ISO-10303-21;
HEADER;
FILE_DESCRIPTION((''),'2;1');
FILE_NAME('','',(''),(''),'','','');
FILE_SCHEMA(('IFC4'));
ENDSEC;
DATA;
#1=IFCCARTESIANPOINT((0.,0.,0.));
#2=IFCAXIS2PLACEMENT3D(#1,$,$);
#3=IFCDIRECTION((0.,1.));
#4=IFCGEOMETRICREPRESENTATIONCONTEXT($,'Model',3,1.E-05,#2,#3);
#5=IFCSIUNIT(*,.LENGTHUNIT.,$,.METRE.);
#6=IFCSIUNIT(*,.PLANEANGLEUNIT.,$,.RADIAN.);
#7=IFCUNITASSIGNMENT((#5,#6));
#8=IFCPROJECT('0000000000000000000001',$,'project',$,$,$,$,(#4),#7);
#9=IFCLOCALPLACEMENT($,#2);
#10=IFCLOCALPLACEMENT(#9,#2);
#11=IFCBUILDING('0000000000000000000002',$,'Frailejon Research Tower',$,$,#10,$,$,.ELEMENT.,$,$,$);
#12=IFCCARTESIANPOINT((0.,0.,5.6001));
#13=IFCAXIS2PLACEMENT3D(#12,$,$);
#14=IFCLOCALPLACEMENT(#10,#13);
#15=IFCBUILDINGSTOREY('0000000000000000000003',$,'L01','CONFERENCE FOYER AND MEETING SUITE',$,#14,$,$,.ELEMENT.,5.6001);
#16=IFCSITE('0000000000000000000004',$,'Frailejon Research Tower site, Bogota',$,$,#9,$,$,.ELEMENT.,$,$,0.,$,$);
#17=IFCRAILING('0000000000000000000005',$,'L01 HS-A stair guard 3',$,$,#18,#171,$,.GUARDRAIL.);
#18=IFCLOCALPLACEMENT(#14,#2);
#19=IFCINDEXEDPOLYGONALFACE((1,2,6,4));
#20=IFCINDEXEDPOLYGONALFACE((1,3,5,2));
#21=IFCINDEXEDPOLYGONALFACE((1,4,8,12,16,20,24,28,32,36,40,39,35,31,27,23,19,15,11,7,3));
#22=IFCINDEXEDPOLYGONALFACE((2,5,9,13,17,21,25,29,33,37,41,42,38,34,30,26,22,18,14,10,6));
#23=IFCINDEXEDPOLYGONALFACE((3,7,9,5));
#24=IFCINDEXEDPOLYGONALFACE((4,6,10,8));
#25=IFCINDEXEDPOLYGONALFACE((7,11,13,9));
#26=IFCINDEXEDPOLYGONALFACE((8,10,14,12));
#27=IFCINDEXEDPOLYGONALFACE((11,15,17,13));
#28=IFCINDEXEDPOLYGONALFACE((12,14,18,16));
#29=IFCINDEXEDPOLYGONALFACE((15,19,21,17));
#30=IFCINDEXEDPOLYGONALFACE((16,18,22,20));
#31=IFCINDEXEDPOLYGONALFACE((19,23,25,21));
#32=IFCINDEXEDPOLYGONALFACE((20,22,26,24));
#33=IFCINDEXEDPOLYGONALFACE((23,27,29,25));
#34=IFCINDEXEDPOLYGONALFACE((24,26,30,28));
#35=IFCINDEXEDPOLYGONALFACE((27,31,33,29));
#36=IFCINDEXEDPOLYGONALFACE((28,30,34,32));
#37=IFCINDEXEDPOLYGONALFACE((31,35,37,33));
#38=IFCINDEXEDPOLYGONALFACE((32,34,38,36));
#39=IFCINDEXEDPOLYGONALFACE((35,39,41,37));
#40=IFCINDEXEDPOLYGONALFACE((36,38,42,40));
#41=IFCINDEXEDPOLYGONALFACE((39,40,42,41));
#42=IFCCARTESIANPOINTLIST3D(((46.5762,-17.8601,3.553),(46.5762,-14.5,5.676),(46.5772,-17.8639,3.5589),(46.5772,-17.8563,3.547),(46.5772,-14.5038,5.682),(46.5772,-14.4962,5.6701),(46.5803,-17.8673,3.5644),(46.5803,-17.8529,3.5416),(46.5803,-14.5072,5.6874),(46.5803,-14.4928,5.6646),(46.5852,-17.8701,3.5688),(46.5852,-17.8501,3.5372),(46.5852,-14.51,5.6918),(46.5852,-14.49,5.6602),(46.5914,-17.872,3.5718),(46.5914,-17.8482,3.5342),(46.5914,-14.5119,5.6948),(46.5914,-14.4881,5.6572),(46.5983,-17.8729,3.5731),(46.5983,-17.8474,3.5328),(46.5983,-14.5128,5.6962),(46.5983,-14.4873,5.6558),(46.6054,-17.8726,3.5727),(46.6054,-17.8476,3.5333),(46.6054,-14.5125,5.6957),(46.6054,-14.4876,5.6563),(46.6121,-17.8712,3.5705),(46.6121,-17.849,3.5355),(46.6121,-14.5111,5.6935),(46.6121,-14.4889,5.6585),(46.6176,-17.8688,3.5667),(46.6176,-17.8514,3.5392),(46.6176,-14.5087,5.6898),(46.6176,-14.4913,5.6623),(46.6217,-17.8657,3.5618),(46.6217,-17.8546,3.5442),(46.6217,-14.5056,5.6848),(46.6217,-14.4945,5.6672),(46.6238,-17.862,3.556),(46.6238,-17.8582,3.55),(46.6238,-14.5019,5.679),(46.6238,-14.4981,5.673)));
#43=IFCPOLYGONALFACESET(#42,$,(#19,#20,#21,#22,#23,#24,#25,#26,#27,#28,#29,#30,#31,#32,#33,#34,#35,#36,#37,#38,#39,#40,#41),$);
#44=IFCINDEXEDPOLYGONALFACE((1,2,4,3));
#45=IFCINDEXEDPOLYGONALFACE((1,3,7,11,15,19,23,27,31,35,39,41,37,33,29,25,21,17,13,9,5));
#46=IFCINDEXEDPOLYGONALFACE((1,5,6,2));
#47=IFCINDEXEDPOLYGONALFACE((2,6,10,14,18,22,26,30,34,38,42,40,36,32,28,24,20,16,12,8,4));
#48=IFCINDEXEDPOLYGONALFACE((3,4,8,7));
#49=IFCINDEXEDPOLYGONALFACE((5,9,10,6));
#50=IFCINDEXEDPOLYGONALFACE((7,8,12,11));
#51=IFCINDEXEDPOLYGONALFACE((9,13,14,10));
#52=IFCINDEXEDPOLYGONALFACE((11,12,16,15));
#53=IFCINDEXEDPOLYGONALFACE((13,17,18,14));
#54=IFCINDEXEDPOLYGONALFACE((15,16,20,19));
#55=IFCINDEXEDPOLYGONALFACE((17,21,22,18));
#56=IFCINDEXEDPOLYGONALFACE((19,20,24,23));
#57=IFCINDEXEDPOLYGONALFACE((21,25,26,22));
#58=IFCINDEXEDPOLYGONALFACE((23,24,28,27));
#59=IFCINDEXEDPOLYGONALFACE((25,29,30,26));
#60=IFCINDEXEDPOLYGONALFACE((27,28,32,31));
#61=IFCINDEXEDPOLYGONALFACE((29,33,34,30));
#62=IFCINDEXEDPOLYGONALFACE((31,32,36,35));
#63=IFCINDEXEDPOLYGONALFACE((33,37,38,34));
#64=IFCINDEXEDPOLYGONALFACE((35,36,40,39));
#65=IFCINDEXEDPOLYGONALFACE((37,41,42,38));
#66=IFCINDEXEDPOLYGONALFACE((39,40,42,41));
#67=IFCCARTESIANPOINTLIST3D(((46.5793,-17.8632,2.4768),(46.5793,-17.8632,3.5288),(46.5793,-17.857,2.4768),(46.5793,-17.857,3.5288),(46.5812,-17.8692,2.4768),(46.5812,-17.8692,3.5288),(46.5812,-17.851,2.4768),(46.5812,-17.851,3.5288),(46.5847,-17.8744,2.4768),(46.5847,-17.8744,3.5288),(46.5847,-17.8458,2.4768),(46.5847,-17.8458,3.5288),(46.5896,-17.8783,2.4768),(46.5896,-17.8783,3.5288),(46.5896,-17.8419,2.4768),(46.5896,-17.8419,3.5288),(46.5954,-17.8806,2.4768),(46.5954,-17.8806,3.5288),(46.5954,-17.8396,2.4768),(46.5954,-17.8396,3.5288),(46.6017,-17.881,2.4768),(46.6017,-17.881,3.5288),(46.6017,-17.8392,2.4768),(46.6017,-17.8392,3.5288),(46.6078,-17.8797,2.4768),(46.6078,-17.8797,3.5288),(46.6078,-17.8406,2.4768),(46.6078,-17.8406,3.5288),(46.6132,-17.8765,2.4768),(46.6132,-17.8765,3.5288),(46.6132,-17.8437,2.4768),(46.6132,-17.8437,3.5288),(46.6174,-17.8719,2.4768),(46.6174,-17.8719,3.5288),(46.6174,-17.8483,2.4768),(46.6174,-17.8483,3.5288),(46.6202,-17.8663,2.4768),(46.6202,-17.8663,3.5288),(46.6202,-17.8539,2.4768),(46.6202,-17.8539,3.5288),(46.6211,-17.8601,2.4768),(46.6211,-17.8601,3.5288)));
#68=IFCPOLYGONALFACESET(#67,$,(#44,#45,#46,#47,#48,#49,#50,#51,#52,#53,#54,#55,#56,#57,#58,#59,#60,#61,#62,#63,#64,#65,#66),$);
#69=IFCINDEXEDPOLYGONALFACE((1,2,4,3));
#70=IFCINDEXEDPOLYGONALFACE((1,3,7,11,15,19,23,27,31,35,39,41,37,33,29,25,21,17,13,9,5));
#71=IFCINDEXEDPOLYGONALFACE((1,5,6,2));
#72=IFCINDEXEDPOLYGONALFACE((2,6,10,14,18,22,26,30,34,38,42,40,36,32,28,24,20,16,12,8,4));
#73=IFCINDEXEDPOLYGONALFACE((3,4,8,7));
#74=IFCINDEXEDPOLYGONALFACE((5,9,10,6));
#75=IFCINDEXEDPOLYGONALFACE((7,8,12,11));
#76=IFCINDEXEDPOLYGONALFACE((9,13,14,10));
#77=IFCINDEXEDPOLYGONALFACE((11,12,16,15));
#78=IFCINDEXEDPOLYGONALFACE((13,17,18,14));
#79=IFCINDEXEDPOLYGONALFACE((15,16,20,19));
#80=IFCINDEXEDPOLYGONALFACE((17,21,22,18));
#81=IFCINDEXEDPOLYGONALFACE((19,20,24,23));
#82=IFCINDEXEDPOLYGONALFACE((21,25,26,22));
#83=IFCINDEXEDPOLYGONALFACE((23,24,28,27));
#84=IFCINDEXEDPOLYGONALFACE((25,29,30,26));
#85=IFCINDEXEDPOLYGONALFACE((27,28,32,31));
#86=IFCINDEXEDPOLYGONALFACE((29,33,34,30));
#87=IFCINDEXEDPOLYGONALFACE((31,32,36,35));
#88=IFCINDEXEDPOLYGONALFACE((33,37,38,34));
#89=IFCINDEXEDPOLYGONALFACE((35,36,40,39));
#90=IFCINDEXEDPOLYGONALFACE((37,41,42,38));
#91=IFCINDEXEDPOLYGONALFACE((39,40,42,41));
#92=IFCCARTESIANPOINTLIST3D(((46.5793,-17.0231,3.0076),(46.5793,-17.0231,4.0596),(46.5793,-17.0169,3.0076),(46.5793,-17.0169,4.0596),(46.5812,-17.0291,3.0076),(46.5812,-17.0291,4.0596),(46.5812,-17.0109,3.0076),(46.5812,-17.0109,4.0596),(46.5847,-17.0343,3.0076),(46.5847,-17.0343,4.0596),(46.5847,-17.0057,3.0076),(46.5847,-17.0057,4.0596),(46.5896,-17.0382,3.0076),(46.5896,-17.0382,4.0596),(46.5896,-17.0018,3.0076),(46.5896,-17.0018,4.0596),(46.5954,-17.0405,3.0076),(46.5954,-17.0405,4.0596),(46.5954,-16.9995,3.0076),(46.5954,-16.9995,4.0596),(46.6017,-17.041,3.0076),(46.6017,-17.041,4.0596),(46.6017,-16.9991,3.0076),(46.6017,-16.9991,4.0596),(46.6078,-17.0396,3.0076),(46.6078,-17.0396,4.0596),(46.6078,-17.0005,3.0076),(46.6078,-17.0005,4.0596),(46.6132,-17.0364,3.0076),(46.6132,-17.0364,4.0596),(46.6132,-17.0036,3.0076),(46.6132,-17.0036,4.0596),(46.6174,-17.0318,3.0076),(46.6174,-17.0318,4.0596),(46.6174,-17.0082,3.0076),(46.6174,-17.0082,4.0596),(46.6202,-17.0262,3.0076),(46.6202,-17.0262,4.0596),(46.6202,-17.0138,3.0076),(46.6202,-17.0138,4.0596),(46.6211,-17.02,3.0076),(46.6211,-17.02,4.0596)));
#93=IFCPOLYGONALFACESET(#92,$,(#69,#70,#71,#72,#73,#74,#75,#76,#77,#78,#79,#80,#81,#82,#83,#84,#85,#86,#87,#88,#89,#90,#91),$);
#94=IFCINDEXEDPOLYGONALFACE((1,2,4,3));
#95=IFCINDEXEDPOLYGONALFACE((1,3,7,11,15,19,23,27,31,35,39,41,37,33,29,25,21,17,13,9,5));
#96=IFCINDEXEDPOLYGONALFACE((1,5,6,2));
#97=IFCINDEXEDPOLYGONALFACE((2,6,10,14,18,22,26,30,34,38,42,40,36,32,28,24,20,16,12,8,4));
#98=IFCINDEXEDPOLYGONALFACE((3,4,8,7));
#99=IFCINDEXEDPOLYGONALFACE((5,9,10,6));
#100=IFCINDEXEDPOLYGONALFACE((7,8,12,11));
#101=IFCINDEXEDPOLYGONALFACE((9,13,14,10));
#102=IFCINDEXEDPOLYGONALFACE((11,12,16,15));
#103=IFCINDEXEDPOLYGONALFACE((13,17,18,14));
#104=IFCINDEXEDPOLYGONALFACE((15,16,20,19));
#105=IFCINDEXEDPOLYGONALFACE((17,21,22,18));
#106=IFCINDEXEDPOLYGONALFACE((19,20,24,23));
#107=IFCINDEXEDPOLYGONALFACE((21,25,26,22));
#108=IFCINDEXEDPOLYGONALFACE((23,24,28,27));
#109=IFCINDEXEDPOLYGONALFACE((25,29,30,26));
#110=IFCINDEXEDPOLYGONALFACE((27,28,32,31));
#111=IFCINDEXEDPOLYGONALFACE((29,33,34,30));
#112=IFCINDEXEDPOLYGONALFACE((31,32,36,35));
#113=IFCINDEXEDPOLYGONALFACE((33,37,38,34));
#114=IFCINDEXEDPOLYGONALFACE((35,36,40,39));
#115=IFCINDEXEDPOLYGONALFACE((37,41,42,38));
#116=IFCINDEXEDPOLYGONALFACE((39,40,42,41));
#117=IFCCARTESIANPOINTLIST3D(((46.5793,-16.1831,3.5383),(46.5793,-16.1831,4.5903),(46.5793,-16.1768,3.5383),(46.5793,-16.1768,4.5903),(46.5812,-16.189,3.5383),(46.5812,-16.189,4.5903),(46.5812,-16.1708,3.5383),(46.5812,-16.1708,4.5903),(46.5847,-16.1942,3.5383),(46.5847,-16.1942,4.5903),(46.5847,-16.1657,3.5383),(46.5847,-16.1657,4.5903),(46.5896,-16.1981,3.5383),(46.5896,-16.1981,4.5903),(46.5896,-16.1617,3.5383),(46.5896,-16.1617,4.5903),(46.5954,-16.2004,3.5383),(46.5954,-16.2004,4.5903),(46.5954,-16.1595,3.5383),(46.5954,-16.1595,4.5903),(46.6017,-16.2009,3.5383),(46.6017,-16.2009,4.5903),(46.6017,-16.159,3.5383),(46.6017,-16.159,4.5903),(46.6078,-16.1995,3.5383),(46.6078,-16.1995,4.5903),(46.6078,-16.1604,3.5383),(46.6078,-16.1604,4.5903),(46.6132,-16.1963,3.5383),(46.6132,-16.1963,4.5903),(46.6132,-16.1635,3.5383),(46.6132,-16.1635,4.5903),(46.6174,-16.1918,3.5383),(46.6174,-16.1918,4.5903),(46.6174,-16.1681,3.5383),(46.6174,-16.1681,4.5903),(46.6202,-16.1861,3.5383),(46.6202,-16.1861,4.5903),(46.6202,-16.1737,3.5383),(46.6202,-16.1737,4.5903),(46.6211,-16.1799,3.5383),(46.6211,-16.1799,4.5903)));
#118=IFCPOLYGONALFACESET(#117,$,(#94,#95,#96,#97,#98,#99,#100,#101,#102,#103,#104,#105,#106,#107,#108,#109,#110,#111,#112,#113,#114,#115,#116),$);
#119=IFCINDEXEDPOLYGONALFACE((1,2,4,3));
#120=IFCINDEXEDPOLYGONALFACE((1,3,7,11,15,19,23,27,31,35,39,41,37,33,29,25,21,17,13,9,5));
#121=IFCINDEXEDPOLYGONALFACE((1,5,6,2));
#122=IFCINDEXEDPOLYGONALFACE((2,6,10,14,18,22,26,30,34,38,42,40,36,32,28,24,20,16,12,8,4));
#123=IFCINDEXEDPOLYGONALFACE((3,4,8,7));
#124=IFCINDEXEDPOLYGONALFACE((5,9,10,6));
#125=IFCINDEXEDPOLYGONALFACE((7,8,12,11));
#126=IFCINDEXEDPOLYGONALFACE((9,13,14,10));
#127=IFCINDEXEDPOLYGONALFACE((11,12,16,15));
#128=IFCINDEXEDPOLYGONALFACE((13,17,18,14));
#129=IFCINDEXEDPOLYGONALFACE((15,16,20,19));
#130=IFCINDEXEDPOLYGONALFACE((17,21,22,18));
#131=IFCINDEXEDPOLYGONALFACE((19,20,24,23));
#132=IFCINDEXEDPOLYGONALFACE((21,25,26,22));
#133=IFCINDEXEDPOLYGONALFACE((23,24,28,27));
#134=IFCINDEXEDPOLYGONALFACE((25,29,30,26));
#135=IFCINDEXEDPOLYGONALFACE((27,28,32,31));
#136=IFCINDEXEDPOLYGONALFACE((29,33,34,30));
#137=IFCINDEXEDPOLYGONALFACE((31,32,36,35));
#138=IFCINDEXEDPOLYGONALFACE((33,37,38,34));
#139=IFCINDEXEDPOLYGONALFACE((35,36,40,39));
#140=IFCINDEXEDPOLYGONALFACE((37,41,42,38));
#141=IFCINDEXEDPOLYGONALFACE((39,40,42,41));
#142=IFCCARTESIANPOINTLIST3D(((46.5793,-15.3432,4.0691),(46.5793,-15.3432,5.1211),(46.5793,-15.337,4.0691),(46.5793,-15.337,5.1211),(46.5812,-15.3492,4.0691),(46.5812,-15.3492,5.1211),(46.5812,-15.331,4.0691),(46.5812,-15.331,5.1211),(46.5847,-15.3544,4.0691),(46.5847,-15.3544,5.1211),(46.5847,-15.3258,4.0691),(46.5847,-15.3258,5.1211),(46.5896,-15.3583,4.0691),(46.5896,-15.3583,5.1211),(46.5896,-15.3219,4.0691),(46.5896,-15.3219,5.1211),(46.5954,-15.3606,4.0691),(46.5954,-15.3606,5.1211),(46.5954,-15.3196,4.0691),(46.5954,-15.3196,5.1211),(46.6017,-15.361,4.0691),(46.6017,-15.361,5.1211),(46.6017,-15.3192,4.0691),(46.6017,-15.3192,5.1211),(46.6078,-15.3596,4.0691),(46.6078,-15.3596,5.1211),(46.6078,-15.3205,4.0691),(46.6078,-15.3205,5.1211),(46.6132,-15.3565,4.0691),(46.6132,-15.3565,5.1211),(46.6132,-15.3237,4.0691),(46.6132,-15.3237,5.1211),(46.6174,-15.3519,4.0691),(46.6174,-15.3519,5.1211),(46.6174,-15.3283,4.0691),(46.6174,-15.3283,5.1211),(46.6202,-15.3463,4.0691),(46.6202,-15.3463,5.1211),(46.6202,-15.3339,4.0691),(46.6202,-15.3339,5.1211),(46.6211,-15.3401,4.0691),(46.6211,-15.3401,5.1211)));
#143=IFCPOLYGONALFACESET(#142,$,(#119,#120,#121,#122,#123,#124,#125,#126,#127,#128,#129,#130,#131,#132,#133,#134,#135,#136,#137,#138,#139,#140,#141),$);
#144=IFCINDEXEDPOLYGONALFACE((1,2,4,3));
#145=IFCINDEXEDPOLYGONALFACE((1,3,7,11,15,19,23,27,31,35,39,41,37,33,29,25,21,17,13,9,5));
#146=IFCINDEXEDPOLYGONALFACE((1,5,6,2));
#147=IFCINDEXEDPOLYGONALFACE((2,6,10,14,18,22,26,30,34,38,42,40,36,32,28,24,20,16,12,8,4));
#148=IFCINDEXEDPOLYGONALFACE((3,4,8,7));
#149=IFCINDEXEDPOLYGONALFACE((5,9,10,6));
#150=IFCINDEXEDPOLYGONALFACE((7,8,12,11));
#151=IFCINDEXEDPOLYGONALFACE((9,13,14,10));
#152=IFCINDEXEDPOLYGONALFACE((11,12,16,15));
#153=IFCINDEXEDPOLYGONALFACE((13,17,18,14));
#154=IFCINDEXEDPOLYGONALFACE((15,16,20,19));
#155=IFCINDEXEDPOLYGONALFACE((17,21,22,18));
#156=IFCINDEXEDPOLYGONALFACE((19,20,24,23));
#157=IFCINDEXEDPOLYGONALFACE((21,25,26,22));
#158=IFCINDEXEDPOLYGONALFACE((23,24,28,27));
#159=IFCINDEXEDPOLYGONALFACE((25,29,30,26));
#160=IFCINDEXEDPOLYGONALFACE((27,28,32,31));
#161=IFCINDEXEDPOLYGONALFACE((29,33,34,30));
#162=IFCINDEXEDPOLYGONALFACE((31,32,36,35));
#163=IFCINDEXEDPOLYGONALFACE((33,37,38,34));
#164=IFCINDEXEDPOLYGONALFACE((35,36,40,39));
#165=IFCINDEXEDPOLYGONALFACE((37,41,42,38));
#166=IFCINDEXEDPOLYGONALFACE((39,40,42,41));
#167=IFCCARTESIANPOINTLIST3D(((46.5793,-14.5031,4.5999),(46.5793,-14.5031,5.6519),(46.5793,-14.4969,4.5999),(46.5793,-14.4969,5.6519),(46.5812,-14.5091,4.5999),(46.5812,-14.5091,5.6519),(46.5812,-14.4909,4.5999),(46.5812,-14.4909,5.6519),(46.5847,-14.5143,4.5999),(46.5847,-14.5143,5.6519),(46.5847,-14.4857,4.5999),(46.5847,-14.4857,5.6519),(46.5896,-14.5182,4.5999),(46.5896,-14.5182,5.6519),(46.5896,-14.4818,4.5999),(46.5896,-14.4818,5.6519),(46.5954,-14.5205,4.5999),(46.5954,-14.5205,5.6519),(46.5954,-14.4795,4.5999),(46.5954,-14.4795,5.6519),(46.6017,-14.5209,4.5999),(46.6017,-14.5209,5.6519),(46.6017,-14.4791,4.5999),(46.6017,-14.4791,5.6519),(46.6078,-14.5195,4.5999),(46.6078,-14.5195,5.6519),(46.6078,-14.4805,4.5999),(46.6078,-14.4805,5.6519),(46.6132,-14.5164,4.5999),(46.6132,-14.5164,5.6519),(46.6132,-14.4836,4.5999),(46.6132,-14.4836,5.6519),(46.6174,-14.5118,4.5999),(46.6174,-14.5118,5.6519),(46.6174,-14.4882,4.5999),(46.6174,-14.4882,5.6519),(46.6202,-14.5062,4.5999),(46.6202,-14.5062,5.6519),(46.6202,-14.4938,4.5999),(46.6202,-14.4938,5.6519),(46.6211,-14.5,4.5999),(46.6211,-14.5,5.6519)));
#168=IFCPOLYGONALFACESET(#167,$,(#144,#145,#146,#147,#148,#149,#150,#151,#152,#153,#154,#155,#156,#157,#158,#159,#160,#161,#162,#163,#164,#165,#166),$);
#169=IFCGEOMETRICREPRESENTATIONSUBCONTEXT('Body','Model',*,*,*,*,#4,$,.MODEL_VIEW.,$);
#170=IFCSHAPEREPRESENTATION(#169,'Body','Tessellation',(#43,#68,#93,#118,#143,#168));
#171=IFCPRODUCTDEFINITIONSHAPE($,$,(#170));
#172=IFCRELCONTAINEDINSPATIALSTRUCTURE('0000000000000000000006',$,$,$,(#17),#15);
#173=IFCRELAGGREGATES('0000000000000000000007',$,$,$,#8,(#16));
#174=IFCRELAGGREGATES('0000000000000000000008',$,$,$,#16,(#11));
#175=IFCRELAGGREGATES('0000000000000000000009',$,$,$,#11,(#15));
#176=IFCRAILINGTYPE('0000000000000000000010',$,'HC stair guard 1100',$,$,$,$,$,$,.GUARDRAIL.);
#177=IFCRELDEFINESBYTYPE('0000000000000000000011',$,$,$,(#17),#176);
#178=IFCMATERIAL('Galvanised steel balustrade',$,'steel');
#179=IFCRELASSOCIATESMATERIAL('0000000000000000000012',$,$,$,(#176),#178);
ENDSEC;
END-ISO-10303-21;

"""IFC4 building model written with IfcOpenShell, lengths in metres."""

from ifc_helpers import new_model, si_unit, direction, frame, origin, origin_2d, place, context, subcontext, project, spatial, circle, extrude, material, type_object, element, save


model = new_model("IFC4")

# Units and contexts
model_context = context("Model", 3, precision=1e-05, world=origin(), true_north=direction((0.0, 1.0)))
body_context = subcontext(model_context, "Body", "Model", "MODEL_VIEW")
ifc_project = project(units=[si_unit("LENGTHUNIT", "METRE"), si_unit("PLANEANGLEUNIT", "RADIAN")], contexts=[model_context])

# Site, building, storey
site_placement = place(None, origin())
site = spatial("IfcSite", under=ifc_project, at=site_placement, Name="Frailejon Research Tower site, Bogota", CompositionType="ELEMENT", RefElevation=0.0)
building_placement = place(site_placement, origin())
building = spatial("IfcBuilding", under=site, at=building_placement, Name="Frailejon Research Tower", CompositionType="ELEMENT")
storey_placement = place(building_placement, frame((0.0, 0.0, 5.6001)))
storey = spatial("IfcBuildingStorey", under=building, at=storey_placement, Name="L01", Description="CONFERENCE FOYER AND MEETING SUITE", CompositionType="ELEMENT", Elevation=5.6001)

# Railing
ifc_material_1 = material(Name="Galvanised steel balustrade", Category="steel")
railing_type_1 = type_object("IfcRailingType", Name="HC stair guard 1100", PredefinedType="GUARDRAIL", material=ifc_material_1)
railing_1_placement = place(storey_placement, frame((46.6001, -17.8601, 2.4768)))
element("IfcRailing", 1, at=railing_1_placement, inside=storey, type_object=railing_type_1, Name="L01 HS-A stair guard 3", PredefinedType="GUARDRAIL", context=body_context, shape_type="SweptSolid", body=[
    extrude(circle(Radius=0.0239, at=origin_2d()), frame((0.0, 0.0, 1.0762), z_axis=(0.0, 0.84539, 0.53415), x_axis=(-1.0, 0.0, 0.0)), (0.0, 0.0, 1.0), 3.9746),
    extrude(circle(Radius=0.021, at=origin_2d()), origin(), (0.0, 0.0, 1.0), 1.052),
    extrude(circle(Radius=0.021, at=origin_2d()), frame((0.0, 0.8401, 0.5308)), (0.0, 0.0, 1.0), 1.052),
    extrude(circle(Radius=0.021, at=origin_2d()), frame((0.0, 1.6802, 1.0615)), (0.0, 0.0, 1.0), 1.052),
    extrude(circle(Radius=0.021, at=origin_2d()), frame((0.0, 2.52, 1.5923)), (0.0, 0.0, 1.0), 1.052),
    extrude(circle(Radius=0.021, at=origin_2d()), frame((0.0, 3.3601, 2.123)), (0.0, 0.0, 1.0), 1.052),
])

save(model, "model.ifc")
